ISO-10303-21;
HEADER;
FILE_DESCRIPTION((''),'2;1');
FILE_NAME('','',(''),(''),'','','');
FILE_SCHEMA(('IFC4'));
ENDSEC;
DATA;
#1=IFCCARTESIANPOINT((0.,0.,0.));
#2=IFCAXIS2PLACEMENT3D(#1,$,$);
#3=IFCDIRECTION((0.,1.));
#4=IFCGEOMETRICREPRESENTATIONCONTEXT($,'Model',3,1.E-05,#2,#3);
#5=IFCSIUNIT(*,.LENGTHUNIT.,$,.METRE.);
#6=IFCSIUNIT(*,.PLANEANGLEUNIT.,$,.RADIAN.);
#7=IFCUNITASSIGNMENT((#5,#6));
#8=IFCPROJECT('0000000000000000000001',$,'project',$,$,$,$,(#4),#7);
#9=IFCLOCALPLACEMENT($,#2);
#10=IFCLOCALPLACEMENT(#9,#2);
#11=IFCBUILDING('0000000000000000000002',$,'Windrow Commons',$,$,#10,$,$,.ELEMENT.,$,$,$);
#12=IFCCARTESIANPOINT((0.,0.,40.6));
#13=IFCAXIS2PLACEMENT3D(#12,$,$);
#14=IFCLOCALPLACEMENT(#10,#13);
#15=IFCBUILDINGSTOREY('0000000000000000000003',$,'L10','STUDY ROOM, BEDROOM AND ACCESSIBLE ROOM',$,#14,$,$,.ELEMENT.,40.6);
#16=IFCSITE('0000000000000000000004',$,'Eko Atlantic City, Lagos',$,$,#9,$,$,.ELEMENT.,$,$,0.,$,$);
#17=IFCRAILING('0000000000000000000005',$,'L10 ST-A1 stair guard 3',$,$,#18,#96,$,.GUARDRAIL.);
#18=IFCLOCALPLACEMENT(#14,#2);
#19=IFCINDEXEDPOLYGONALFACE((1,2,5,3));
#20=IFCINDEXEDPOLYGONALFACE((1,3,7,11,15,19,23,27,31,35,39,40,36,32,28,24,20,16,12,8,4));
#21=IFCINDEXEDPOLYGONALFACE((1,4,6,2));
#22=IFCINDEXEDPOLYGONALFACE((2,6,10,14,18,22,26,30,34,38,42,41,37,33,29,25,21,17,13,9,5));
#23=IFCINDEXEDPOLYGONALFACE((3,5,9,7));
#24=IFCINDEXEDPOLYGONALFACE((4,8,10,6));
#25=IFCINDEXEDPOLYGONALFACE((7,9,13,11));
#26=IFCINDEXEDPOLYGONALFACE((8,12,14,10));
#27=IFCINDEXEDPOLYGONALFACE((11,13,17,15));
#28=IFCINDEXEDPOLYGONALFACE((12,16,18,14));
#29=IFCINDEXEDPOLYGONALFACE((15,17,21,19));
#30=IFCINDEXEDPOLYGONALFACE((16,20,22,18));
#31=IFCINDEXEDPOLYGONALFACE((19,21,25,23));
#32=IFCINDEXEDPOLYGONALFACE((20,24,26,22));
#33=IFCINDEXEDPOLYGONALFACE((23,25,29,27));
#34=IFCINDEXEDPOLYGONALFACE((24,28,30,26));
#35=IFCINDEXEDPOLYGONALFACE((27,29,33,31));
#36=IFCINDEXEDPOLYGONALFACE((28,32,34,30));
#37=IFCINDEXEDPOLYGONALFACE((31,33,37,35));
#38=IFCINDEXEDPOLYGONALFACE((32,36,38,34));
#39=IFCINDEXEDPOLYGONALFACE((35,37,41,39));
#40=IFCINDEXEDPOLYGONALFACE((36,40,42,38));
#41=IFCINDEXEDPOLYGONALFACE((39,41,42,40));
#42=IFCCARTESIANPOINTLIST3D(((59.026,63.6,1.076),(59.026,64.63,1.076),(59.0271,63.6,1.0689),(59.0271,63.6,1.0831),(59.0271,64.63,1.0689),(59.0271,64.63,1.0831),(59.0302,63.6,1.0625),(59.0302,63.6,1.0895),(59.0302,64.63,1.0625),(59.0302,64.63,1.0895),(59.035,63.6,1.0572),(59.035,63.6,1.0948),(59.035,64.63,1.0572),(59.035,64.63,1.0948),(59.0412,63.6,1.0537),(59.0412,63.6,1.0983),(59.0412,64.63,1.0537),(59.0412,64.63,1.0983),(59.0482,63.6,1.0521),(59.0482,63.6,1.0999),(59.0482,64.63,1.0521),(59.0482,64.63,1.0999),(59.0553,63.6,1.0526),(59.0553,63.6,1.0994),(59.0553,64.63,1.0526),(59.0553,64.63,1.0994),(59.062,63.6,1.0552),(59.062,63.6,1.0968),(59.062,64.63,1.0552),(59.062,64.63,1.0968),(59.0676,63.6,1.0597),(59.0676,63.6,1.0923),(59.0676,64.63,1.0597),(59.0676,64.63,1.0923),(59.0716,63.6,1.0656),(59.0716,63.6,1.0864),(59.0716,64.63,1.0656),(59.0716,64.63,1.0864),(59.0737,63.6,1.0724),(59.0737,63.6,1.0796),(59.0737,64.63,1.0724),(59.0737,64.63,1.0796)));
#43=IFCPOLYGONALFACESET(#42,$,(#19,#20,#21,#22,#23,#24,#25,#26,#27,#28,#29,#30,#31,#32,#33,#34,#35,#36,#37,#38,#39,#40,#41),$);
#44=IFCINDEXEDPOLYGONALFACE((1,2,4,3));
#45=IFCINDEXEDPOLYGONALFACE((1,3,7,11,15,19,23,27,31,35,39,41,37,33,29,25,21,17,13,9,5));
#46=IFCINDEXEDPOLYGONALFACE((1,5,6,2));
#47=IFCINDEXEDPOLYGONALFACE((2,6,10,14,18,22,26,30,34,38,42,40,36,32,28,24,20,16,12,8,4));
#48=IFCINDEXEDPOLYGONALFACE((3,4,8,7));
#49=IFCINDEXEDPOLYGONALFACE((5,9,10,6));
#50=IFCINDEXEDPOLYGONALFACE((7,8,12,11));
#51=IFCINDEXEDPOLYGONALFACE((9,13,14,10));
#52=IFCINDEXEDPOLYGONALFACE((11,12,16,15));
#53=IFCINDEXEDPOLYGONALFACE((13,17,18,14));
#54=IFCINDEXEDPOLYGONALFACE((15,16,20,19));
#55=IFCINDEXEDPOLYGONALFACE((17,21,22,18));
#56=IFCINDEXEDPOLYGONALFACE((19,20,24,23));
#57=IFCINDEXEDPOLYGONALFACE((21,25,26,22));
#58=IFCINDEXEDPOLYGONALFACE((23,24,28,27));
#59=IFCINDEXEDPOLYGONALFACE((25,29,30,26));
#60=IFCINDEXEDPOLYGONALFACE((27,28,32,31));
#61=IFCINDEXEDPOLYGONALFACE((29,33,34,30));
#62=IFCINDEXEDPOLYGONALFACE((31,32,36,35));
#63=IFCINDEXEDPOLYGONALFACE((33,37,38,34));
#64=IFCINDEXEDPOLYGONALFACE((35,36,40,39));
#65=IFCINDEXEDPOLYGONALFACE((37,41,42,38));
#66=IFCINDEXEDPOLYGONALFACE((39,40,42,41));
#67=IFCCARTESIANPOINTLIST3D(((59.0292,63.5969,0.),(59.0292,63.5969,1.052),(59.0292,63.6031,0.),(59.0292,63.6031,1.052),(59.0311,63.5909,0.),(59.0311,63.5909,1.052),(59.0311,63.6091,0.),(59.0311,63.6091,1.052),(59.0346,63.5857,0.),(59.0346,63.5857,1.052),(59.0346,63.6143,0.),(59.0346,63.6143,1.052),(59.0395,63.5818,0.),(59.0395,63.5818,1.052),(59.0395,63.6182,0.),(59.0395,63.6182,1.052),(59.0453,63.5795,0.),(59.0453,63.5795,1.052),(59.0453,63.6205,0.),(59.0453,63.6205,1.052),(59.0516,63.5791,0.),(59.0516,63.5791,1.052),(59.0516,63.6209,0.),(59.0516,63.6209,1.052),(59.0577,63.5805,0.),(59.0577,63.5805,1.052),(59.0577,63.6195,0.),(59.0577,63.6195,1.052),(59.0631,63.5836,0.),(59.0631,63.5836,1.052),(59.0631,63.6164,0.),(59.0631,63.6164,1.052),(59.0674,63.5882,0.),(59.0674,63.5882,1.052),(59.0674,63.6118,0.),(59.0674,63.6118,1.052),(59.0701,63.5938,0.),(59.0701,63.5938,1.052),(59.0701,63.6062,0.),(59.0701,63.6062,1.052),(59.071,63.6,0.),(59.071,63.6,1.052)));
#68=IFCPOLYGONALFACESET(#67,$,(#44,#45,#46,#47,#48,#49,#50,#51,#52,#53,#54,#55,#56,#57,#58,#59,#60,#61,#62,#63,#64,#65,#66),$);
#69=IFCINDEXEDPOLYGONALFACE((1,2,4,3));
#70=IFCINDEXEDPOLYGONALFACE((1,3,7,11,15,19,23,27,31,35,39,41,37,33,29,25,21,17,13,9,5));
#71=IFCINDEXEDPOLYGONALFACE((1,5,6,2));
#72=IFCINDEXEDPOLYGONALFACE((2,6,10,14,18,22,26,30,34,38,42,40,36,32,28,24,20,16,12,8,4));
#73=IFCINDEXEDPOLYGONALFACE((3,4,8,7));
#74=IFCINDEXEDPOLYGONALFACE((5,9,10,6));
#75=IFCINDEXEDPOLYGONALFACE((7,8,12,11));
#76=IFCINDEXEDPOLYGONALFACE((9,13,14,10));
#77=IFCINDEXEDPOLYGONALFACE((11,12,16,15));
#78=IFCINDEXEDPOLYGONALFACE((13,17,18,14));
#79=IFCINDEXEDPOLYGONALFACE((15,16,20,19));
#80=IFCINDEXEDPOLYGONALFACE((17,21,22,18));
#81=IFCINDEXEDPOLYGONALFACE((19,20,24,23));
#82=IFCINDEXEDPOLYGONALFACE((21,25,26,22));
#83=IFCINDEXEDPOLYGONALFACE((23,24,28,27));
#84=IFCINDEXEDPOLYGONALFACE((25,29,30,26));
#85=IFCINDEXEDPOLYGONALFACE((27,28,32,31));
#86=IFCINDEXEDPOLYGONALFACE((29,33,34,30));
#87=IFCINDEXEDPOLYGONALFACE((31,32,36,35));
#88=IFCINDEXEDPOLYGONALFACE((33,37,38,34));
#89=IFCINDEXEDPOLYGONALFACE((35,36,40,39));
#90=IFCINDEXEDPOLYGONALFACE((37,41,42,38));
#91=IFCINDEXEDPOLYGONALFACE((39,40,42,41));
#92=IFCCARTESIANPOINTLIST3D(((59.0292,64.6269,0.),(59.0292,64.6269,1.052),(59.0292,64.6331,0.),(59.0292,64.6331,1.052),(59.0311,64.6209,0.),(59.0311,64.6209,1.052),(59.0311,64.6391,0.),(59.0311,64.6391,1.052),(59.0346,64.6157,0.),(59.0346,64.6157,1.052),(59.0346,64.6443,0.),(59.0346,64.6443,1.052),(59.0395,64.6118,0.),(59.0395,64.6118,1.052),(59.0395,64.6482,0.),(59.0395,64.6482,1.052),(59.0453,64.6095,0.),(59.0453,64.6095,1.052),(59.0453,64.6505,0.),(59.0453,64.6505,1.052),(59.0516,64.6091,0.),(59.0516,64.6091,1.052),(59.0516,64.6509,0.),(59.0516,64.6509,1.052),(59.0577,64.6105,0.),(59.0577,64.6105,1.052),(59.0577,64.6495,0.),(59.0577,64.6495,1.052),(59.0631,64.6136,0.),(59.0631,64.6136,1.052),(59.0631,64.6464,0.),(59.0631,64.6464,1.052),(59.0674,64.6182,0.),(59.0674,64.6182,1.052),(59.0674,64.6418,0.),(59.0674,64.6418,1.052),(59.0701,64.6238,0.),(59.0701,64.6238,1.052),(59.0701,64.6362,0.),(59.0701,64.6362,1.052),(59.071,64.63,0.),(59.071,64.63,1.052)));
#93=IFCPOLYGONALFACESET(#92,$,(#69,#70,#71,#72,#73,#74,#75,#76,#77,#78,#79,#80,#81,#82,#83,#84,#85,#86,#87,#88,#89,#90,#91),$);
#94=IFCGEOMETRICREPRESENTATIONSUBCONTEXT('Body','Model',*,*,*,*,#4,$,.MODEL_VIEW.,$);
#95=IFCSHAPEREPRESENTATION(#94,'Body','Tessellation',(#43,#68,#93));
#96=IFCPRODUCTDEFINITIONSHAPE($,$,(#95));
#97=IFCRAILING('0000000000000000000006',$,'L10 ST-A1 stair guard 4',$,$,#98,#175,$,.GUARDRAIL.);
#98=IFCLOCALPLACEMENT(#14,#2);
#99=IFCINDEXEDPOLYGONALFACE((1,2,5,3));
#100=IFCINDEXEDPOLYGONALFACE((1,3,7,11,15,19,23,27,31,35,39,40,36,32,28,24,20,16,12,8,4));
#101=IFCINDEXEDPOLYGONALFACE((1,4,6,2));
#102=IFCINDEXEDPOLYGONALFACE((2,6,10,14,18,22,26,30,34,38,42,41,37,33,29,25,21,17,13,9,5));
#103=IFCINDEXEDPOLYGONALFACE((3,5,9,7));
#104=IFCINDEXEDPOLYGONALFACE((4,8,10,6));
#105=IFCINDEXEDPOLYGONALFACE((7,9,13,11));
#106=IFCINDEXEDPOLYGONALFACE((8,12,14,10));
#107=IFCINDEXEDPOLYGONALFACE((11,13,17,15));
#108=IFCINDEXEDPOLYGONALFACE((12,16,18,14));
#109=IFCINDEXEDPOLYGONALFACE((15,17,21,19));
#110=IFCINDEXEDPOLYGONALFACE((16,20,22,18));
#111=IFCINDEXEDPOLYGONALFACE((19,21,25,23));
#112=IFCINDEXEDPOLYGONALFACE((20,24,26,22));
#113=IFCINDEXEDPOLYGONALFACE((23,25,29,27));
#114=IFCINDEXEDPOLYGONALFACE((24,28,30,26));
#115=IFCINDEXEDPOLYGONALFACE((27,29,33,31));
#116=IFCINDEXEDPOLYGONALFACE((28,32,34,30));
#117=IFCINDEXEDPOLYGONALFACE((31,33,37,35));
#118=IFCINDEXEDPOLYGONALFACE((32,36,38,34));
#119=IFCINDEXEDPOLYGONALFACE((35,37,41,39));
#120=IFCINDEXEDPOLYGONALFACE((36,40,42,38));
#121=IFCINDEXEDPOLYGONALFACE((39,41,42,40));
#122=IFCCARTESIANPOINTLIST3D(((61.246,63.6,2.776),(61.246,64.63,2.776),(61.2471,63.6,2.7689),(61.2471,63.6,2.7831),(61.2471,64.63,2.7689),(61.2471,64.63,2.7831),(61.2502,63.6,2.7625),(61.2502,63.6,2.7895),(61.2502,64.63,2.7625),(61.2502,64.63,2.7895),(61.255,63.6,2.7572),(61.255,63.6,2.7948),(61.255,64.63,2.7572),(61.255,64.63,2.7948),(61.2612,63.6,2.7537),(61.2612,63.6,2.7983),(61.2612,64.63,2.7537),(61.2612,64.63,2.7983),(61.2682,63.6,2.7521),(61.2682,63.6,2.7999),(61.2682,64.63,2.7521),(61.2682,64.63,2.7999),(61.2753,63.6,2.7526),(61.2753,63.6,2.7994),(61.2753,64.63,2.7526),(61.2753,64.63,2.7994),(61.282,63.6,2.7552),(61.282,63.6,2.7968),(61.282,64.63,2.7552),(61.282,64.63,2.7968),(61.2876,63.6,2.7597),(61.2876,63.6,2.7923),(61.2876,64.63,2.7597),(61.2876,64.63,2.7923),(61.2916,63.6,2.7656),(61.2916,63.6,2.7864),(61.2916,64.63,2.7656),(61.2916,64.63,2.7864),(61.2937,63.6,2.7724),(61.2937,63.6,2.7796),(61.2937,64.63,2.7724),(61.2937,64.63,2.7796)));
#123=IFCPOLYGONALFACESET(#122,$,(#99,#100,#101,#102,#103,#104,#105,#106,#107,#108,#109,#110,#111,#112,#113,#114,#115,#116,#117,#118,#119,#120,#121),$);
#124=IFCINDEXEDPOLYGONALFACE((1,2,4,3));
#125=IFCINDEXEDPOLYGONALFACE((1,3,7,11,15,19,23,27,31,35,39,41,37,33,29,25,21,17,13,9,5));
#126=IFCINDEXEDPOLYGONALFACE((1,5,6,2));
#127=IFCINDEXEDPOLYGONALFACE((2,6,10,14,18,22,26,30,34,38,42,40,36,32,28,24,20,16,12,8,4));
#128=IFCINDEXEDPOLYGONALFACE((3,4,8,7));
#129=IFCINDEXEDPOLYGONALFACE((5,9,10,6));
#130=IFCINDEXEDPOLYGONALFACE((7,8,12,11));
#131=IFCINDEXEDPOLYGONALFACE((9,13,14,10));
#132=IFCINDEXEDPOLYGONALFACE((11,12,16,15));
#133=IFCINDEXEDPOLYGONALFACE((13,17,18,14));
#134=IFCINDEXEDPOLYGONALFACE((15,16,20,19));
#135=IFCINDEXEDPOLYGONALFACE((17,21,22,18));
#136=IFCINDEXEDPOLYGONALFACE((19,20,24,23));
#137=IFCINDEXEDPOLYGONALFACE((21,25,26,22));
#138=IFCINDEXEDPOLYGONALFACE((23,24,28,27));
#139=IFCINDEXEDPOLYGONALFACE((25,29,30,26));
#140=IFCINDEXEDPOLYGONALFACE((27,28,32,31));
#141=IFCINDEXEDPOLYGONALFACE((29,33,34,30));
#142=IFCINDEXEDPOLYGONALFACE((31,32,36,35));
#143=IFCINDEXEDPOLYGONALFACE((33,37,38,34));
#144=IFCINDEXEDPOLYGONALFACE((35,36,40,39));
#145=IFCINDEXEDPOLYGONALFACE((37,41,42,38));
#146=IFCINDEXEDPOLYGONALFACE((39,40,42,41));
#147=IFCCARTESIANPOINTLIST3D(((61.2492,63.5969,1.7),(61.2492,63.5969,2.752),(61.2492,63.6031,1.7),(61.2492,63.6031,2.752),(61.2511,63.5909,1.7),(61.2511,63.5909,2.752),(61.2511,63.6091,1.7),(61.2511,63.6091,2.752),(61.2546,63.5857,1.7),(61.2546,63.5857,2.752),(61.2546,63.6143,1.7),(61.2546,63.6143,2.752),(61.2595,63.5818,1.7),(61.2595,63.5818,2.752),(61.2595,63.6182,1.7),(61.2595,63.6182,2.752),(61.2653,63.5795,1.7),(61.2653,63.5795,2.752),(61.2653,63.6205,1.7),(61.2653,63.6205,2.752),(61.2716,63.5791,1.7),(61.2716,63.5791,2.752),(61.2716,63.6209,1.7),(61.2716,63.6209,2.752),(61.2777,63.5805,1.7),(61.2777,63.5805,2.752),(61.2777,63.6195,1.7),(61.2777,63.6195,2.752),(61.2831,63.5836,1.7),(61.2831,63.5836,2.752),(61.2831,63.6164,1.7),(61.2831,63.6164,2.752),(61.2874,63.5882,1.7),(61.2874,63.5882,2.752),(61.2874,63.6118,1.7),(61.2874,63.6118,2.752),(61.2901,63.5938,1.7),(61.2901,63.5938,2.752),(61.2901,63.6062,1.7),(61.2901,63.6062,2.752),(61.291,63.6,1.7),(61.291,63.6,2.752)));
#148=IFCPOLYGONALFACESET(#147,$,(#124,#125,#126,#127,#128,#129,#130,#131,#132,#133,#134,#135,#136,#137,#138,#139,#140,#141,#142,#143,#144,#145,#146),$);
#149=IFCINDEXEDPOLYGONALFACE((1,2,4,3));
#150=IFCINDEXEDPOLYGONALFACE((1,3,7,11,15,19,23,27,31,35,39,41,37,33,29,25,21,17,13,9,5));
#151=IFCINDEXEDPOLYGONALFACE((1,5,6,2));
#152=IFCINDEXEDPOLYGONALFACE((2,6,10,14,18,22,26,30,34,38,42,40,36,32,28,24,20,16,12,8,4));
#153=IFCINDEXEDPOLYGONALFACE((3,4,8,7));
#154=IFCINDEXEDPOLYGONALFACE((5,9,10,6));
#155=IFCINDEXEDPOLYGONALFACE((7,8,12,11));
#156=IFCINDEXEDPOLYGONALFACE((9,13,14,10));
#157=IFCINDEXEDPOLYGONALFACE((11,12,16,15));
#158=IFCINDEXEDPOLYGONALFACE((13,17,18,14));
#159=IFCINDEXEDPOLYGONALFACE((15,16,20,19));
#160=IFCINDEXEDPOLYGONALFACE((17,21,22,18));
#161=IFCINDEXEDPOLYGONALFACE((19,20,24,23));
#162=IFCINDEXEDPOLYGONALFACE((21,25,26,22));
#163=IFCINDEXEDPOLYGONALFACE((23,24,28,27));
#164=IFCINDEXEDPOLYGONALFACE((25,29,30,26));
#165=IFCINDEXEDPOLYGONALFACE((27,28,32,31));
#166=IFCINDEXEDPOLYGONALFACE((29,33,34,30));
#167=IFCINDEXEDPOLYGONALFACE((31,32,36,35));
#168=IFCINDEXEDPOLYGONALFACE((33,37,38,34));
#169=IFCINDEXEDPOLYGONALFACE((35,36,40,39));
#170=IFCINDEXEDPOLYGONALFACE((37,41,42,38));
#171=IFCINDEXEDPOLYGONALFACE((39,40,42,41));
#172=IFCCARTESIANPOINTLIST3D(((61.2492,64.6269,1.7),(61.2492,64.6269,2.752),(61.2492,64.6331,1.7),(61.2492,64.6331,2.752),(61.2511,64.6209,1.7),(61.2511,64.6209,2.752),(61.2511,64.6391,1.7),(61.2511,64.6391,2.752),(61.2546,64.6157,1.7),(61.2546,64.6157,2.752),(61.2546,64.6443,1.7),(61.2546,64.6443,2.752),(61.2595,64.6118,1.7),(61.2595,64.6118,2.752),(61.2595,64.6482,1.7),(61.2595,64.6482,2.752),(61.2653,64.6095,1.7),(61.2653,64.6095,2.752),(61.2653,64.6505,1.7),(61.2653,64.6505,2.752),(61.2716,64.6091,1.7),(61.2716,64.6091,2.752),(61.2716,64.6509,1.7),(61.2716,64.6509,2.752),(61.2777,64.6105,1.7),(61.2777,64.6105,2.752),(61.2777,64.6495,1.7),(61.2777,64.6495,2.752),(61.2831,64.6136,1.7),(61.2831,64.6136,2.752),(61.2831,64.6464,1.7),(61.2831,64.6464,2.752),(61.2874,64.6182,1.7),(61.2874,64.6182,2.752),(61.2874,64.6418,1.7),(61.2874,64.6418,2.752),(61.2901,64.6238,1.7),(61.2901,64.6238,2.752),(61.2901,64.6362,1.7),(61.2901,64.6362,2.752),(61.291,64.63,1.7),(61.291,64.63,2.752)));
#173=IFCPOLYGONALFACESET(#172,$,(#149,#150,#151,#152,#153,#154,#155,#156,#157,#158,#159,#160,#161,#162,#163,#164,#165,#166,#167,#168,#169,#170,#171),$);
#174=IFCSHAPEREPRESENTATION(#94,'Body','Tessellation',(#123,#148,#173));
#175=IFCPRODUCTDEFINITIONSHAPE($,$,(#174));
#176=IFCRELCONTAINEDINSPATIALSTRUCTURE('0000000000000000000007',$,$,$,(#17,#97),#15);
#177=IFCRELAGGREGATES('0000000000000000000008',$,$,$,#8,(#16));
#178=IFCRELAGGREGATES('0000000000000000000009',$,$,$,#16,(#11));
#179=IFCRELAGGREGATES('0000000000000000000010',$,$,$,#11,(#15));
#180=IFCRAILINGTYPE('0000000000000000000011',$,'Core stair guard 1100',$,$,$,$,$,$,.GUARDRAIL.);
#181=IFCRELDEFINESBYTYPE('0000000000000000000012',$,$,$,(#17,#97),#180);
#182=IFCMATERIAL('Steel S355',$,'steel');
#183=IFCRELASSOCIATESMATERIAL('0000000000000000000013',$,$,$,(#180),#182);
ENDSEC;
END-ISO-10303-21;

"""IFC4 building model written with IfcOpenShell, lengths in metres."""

from ifc_helpers import new_model, si_unit, direction, frame, origin, origin_2d, place, context, subcontext, project, spatial, circle, extrude, material, type_object, element, save


model = new_model("IFC4")

# Units and contexts
model_context = context("Model", 3, precision=1e-05, world=origin(), true_north=direction((0.0, 1.0)))
body_context = subcontext(model_context, "Body", "Model", "MODEL_VIEW")
ifc_project = project(units=[si_unit("LENGTHUNIT", "METRE"), si_unit("PLANEANGLEUNIT", "RADIAN")], contexts=[model_context])

# Site, building, storey
site_placement = place(None, origin())
site = spatial("IfcSite", under=ifc_project, at=site_placement, Name="Eko Atlantic City, Lagos", CompositionType="ELEMENT", RefElevation=0.0)
building_placement = place(site_placement, origin())
building = spatial("IfcBuilding", under=site, at=building_placement, Name="Windrow Commons", CompositionType="ELEMENT")
storey_placement = place(building_placement, frame((0.0, 0.0, 40.6)))
storey = spatial("IfcBuildingStorey", under=building, at=storey_placement, Name="L10", Description="STUDY ROOM, BEDROOM AND ACCESSIBLE ROOM", CompositionType="ELEMENT", Elevation=40.6)

# Railings
ifc_material_1 = material(Name="Steel S355", Category="steel")
railing_type_1 = type_object("IfcRailingType", Name="Core stair guard 1100", PredefinedType="GUARDRAIL", material=ifc_material_1)
for number, where, name in (
    (1, (59.05, 63.6, 0.0), "L10 ST-A1 stair guard 3"),
    (2, (61.27, 63.6, 1.7), "L10 ST-A1 stair guard 4"),
):
    element("IfcRailing", number, at=place(storey_placement, frame(where)), inside=storey, type_object=railing_type_1, Name=name, PredefinedType="GUARDRAIL", context=body_context, shape_type="SweptSolid", body=[
        extrude(circle(Radius=0.024, at=origin_2d()), frame((0.0, 0.0, 1.076), z_axis=(0.0, 1.0, 0.0), x_axis=(-1.0, 0.0, 0.0)), (0.0, 0.0, 1.0), 1.03),
        extrude(circle(Radius=0.021, at=origin_2d()), origin(), (0.0, 0.0, 1.0), 1.052),
        extrude(circle(Radius=0.021, at=origin_2d()), frame((0.0, 1.03, 0.0)), (0.0, 0.0, 1.0), 1.052),
    ])

save(model, "model.ifc")
